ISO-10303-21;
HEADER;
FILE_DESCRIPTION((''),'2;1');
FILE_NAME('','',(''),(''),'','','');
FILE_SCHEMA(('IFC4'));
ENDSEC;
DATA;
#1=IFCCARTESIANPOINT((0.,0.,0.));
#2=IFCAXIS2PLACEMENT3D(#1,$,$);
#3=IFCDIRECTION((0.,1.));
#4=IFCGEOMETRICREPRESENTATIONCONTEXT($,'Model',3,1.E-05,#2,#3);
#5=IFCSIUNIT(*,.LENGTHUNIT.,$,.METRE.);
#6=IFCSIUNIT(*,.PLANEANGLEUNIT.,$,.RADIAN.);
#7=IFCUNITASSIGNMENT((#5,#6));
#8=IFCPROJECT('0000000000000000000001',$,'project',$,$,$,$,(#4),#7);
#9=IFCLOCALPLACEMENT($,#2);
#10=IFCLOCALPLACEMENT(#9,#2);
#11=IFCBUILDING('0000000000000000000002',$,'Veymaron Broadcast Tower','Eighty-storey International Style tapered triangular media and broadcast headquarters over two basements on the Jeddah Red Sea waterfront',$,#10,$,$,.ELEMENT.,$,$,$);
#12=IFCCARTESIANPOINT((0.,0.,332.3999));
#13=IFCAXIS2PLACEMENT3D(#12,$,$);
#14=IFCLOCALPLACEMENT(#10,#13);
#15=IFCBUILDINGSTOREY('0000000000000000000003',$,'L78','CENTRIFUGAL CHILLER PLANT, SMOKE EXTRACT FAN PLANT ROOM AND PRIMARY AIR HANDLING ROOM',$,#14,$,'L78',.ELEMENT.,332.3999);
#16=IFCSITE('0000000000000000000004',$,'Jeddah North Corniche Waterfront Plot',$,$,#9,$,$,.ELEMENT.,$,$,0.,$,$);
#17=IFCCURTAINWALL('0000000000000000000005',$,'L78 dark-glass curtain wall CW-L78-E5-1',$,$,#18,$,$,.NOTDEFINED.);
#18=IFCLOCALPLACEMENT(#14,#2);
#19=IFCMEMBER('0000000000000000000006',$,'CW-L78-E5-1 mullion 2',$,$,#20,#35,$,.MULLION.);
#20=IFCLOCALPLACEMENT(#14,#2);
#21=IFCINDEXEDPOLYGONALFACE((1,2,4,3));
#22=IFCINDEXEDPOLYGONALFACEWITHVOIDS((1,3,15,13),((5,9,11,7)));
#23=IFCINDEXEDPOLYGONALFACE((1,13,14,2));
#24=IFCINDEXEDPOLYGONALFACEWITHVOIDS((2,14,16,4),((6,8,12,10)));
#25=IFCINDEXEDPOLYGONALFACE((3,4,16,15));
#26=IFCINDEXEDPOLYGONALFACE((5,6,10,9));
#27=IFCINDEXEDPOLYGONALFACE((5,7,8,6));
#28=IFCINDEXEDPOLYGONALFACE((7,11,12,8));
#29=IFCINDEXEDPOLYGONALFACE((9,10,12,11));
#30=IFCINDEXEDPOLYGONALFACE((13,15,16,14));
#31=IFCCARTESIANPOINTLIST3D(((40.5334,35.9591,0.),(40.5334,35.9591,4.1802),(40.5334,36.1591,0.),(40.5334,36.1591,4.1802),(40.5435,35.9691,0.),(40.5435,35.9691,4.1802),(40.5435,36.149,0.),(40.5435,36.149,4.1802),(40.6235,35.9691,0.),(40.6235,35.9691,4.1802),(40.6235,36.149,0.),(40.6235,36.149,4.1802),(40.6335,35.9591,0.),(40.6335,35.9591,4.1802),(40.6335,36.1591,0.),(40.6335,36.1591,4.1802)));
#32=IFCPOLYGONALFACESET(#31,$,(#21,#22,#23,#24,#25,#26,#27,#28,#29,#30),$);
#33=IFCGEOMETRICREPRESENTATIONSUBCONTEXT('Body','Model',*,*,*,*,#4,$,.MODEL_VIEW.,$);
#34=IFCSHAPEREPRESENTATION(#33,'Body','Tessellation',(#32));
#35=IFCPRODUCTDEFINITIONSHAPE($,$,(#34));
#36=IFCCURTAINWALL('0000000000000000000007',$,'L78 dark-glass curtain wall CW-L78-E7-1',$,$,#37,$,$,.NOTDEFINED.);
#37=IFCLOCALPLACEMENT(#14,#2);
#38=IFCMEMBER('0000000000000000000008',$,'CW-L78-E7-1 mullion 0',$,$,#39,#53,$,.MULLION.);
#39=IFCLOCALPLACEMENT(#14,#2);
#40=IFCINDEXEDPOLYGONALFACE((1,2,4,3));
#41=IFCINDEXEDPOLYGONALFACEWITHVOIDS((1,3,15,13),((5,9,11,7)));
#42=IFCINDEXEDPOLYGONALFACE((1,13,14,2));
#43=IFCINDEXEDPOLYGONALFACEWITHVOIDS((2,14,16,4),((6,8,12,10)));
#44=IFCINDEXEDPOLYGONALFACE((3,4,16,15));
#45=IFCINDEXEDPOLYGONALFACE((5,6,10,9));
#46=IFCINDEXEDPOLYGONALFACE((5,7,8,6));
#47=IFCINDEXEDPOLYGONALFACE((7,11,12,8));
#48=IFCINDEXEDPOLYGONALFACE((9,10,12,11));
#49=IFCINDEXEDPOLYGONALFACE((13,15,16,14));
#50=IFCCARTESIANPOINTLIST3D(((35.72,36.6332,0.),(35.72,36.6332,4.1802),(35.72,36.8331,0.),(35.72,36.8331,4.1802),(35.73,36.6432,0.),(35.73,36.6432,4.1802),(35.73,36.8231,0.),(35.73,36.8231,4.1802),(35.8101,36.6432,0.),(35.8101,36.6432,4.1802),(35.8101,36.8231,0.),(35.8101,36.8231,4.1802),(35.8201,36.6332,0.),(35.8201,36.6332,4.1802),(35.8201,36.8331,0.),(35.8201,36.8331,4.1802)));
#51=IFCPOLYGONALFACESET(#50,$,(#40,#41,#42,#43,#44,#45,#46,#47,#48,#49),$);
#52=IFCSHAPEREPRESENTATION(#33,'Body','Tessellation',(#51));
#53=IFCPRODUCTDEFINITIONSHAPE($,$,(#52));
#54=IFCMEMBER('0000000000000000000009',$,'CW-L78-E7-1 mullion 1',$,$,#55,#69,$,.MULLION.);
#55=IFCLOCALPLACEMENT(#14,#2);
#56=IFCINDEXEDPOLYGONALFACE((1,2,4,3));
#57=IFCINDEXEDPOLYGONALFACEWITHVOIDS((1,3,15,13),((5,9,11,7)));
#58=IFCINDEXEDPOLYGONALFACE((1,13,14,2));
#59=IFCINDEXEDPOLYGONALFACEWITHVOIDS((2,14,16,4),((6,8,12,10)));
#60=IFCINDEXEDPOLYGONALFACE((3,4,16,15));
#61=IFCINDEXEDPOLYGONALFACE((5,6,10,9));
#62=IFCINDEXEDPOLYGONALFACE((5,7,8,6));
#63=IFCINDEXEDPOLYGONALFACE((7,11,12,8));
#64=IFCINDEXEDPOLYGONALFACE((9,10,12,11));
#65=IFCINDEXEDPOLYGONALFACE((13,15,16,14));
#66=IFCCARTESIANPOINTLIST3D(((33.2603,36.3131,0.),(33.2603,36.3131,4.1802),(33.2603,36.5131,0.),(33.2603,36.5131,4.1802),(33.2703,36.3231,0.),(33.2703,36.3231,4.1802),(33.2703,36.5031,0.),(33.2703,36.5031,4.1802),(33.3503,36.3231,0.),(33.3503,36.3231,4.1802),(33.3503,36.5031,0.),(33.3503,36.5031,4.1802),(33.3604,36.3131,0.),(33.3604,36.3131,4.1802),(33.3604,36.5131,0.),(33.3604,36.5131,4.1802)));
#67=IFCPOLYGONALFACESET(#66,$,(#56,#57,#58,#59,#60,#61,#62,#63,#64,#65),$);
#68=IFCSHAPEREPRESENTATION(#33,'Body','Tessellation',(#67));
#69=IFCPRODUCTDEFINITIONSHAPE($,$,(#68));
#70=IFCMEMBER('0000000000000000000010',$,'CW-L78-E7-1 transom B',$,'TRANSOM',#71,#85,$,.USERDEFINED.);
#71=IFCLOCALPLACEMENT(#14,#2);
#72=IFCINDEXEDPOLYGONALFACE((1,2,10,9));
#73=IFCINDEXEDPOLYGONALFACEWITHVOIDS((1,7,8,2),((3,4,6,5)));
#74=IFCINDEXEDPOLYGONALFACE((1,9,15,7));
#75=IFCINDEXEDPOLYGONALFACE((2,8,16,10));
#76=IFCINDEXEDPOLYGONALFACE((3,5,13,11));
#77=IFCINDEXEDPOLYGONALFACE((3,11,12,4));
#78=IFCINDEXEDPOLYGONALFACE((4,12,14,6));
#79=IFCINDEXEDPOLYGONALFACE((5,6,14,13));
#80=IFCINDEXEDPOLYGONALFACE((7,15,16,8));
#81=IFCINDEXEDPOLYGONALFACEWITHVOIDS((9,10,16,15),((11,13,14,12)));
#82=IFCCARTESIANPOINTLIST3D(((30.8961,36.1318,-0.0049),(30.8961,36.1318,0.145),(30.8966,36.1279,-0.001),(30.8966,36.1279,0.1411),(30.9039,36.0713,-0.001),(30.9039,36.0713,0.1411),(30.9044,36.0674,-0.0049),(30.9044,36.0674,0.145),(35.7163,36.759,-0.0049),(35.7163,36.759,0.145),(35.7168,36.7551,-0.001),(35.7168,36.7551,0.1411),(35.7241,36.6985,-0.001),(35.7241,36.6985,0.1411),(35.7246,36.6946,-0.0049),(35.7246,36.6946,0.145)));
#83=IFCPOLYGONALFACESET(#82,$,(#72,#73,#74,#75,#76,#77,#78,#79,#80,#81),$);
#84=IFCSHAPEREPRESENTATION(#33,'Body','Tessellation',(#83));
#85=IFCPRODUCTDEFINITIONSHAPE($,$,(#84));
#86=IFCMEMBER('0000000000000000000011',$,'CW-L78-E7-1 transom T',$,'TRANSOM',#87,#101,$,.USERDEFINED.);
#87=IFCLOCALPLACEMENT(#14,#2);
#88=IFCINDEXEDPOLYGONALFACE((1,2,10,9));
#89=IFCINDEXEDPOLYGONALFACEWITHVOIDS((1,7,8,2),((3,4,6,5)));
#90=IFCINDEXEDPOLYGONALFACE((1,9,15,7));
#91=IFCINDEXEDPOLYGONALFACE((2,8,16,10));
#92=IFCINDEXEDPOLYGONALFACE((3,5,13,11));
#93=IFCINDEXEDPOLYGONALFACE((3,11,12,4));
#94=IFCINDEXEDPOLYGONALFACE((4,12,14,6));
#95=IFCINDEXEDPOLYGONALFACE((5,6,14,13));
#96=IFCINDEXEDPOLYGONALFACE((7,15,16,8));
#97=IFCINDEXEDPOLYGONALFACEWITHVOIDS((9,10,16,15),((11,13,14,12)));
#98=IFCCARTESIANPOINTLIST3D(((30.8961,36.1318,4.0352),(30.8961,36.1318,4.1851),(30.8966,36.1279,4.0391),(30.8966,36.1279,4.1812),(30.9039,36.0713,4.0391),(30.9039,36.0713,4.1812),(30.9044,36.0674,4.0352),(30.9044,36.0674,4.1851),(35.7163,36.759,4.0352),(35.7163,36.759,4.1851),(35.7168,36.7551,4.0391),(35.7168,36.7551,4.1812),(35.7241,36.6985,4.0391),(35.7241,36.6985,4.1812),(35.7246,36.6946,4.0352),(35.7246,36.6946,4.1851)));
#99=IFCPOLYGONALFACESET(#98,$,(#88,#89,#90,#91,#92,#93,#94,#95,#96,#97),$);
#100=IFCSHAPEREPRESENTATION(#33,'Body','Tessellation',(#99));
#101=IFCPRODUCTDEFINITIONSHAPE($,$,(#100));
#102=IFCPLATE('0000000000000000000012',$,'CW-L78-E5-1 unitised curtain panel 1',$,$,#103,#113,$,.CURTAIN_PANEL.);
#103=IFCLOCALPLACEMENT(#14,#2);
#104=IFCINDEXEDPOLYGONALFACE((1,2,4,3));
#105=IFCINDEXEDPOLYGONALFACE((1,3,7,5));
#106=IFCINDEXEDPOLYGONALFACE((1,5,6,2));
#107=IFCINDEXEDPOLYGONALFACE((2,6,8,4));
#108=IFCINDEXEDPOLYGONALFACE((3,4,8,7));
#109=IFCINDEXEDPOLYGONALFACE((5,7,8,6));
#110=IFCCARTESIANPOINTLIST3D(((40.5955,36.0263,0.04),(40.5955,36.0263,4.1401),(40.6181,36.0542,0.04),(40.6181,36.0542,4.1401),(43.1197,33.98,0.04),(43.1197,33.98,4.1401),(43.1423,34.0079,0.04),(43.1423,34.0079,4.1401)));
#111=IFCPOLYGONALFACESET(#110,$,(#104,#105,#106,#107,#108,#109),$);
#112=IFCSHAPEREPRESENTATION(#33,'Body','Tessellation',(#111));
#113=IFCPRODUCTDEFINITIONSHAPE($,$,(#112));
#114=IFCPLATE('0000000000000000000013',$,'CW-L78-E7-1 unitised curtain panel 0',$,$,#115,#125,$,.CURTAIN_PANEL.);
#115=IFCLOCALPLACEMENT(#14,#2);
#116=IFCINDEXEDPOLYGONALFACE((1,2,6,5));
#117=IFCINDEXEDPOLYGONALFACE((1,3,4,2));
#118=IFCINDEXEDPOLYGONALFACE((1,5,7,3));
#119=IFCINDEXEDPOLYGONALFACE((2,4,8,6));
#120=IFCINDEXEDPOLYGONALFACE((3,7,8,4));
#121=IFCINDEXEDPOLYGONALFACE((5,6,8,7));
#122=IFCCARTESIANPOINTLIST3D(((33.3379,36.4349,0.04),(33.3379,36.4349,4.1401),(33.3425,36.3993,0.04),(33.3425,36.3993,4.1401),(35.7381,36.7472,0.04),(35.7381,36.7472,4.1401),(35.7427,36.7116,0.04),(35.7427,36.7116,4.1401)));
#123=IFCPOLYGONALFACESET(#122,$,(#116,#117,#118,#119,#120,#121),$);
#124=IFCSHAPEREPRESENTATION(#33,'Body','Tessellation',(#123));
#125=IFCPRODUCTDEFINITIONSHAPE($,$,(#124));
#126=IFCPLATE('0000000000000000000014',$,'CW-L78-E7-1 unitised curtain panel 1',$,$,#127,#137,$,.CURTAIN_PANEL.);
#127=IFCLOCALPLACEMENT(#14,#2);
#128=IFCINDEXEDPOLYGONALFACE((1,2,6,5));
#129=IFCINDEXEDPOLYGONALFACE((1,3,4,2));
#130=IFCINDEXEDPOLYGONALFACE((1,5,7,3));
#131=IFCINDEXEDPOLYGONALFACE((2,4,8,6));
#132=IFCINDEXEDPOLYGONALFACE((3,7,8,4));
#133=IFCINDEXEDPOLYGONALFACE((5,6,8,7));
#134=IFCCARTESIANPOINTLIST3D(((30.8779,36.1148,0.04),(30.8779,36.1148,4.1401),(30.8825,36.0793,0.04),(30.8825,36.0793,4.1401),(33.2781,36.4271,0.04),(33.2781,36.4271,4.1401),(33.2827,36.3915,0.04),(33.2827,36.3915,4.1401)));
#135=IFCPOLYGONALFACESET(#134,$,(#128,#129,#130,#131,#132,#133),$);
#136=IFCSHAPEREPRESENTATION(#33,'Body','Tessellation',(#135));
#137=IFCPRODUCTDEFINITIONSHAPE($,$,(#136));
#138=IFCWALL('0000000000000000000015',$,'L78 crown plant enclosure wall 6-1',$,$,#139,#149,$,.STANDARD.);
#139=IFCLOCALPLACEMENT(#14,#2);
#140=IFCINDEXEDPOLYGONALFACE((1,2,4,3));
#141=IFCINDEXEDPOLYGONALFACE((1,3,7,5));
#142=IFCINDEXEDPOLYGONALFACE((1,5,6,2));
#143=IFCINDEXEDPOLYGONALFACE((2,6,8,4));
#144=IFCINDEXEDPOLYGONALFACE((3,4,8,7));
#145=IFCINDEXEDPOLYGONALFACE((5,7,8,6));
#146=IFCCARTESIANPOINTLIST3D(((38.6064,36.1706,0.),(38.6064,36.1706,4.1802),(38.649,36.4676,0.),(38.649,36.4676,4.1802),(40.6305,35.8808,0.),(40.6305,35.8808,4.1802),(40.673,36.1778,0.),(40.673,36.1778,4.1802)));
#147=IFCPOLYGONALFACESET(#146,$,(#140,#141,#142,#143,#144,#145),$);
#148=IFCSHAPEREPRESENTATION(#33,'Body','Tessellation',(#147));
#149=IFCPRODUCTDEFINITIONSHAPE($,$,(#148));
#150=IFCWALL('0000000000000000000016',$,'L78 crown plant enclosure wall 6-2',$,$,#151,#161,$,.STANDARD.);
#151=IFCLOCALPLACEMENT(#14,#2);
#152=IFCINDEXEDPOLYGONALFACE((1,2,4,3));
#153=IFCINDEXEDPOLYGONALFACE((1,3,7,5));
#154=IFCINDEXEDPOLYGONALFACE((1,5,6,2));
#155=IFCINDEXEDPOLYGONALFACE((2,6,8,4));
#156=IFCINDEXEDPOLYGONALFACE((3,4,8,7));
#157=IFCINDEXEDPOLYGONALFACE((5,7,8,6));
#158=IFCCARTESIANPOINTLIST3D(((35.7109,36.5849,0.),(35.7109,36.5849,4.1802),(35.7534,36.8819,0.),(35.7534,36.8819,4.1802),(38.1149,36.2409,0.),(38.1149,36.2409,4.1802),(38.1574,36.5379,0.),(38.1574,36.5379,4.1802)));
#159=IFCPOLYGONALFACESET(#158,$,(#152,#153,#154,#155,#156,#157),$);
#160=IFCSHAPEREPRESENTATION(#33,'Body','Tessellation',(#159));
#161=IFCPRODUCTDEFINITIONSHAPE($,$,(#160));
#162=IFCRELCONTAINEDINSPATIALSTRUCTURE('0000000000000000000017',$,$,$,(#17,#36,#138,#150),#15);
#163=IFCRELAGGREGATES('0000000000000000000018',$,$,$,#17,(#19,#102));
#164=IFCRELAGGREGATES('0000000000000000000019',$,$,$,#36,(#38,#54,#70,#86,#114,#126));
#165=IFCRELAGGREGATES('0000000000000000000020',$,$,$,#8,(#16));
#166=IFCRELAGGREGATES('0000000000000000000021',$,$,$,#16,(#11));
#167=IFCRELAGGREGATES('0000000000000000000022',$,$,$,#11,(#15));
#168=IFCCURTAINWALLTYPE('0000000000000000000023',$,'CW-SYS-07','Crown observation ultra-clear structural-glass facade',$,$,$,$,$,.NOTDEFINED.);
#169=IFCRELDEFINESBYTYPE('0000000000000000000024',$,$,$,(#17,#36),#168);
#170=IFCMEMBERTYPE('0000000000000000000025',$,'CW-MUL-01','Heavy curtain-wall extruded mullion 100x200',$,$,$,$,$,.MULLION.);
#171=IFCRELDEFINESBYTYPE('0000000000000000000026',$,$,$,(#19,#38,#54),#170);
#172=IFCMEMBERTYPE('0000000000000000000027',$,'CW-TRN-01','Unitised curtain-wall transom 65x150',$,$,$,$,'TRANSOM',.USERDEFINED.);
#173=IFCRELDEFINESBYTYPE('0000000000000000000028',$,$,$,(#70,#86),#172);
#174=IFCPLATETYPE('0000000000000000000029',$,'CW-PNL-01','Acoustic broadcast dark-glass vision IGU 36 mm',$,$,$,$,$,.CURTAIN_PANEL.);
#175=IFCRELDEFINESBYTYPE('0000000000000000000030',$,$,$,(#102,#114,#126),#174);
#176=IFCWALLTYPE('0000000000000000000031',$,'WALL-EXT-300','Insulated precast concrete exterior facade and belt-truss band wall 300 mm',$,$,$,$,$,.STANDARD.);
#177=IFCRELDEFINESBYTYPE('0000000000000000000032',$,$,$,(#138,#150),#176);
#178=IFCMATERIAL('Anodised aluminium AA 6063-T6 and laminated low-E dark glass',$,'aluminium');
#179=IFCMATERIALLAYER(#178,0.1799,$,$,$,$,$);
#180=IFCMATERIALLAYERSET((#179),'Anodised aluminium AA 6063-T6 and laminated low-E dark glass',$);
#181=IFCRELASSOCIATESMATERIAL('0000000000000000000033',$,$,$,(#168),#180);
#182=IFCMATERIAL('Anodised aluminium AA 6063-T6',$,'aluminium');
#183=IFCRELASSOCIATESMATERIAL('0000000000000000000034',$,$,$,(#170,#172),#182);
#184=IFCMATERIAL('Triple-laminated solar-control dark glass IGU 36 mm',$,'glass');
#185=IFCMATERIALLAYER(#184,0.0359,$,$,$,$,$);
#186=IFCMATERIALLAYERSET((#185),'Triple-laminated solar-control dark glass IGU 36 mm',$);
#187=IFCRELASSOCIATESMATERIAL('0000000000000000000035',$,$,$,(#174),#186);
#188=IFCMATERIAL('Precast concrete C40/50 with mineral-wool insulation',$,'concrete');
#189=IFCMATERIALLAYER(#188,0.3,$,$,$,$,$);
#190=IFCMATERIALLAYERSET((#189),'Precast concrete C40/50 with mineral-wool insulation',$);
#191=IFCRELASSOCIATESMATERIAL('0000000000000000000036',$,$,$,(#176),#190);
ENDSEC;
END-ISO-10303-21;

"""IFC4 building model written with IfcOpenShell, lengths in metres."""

from ifc_helpers import new_model, si_unit, direction, frame, frame_2d, origin, origin_2d, place, context, subcontext, project, spatial, rectangle, hollow_rectangle, extrude, material, layer, layer_set, material_profile, profile_set, type_object, element, aggregate, save


model = new_model("IFC4")

# Units and contexts
model_context = context("Model", 3, precision=1e-05, world=origin(), true_north=direction((0.0, 1.0)))
body_context = subcontext(model_context, "Body", "Model", "MODEL_VIEW")
ifc_project = project(units=[si_unit("LENGTHUNIT", "METRE"), si_unit("PLANEANGLEUNIT", "RADIAN")], contexts=[model_context])

# Site, building, storey
site_placement = place(None, origin())
site = spatial("IfcSite", under=ifc_project, at=site_placement, Name="Jeddah North Corniche Waterfront Plot", CompositionType="ELEMENT", RefElevation=0.0)
building_placement = place(site_placement, origin())
building = spatial("IfcBuilding", under=site, at=building_placement, Name="Veymaron Broadcast Tower", Description="Eighty-storey International Style tapered triangular media and broadcast headquarters over two basements on the Jeddah Red Sea waterfront", CompositionType="ELEMENT")
storey_placement = place(building_placement, frame((0.0, 0.0, 332.3999)))
storey = spatial("IfcBuildingStorey", under=building, at=storey_placement, Name="L78", Description="CENTRIFUGAL CHILLER PLANT, SMOKE EXTRACT FAN PLANT ROOM AND PRIMARY AIR HANDLING ROOM", LongName="L78", CompositionType="ELEMENT", Elevation=332.3999)

# Curtain wall, member
ifc_material_1 = material(Name="Anodised aluminium AA 6063-T6 and laminated low-E dark glass", Category="aluminium")
ifc_layer_1 = layer(ifc_material_1, 0.1799)
ifc_layer_set_1 = layer_set([ifc_layer_1], Name="Anodised aluminium AA 6063-T6 and laminated low-E dark glass")
curtain_wall_type = type_object("IfcCurtainWallType", Name="CW-SYS-07", Description="Crown observation ultra-clear structural-glass facade", PredefinedType="NOTDEFINED", material=ifc_layer_set_1)
curtain_wall_1_placement = place(storey_placement, origin())
curtain_wall_1 = element("IfcCurtainWall", 1, at=curtain_wall_1_placement, inside=storey, type_object=curtain_wall_type, Name="L78 dark-glass curtain wall CW-L78-E5-1", PredefinedType="NOTDEFINED")
ifc_material_2 = material(Name="Anodised aluminium AA 6063-T6", Category="aluminium")
ifc_material_profile_1 = material_profile(ifc_material_2, hollow_rectangle(XDim=0.1001, YDim=0.2, WallThickness=0.01, at=origin_2d()), Name="RHS200X100X10")
ifc_profile_set_1 = profile_set([ifc_material_profile_1], Name="Anodised aluminium AA 6063-T6")
member_type_1 = type_object("IfcMemberType", Name="CW-MUL-01", Description="Heavy curtain-wall extruded mullion 100x200", PredefinedType="MULLION", material=ifc_profile_set_1)
member_1_placement = place(storey_placement, frame((40.5835, 36.0591, 0.0), z_axis=(0.0, 0.0, 1.0), x_axis=(1.0, 0.0, 0.0)))
member_1 = element("IfcMember", 2, at=member_1_placement, type_object=member_type_1, Name="CW-L78-E5-1 mullion 2", PredefinedType="MULLION", context=body_context, shape_type="SweptSolid", body=[
    extrude(hollow_rectangle(XDim=0.1001, YDim=0.2, WallThickness=0.01, at=origin_2d()), origin(), (0.0, 0.0, 1.0), 4.1802),
])

# Curtain wall, members
curtain_wall_2_placement = place(storey_placement, origin())
curtain_wall_2 = element("IfcCurtainWall", 3, at=curtain_wall_2_placement, inside=storey, type_object=curtain_wall_type, Name="L78 dark-glass curtain wall CW-L78-E7-1", PredefinedType="NOTDEFINED")
member_2_placement = place(storey_placement, frame((35.77, 36.7332, 0.0), z_axis=(0.0, 0.0, 1.0), x_axis=(1.0, 0.0, 0.0)))
member_2 = element("IfcMember", 4, at=member_2_placement, type_object=member_type_1, Name="CW-L78-E7-1 mullion 0", PredefinedType="MULLION", context=body_context, shape_type="SweptSolid", body=[
    extrude(hollow_rectangle(XDim=0.1001, YDim=0.2, WallThickness=0.01, at=origin_2d()), origin(), (0.0, 0.0, 1.0), 4.1802),
])
member_3_placement = place(storey_placement, frame((33.3103, 36.4131, 0.0), z_axis=(0.0, 0.0, 1.0), x_axis=(1.0, 0.0, 0.0)))
member_3 = element("IfcMember", 5, at=member_3_placement, type_object=member_type_1, Name="CW-L78-E7-1 mullion 1", PredefinedType="MULLION", context=body_context, shape_type="SweptSolid", body=[
    extrude(hollow_rectangle(XDim=0.1001, YDim=0.2, WallThickness=0.01, at=origin_2d()), origin(), (0.0, 0.0, 1.0), 4.1802),
])
ifc_material_profile_2 = material_profile(ifc_material_2, hollow_rectangle(XDim=0.0649, YDim=0.1499, WallThickness=0.0039, at=origin_2d()), Name="AL150X65X4")
ifc_profile_set_2 = profile_set([ifc_material_profile_2], Name="Anodised aluminium AA 6063-T6")
member_type_2 = type_object("IfcMemberType", Name="CW-TRN-01", Description="Unitised curtain-wall transom 65x150", ElementType="TRANSOM", PredefinedType="USERDEFINED", material=ifc_profile_set_2)
member_4_placement = place(storey_placement, frame((35.7205, 36.7268, 0.0701), z_axis=(-0.991641, -0.129028, 0.0), x_axis=(0.129028, -0.991641, 0.0)))
member_4 = element("IfcMember", 6, at=member_4_placement, type_object=member_type_2, Name="CW-L78-E7-1 transom B", ObjectType="TRANSOM", PredefinedType="USERDEFINED", context=body_context, shape_type="SweptSolid", body=[
    extrude(hollow_rectangle(XDim=0.0649, YDim=0.1499, WallThickness=0.0039, at=origin_2d()), origin(), (0.0, 0.0, 1.0), 4.8608),
])
member_5_placement = place(storey_placement, frame((35.7205, 36.7268, 4.1101), z_axis=(-0.991641, -0.129028, 0.0), x_axis=(0.129028, -0.991641, 0.0)))
member_5 = element("IfcMember", 7, at=member_5_placement, type_object=member_type_2, Name="CW-L78-E7-1 transom T", ObjectType="TRANSOM", PredefinedType="USERDEFINED", context=body_context, shape_type="SweptSolid", body=[
    extrude(hollow_rectangle(XDim=0.0649, YDim=0.1499, WallThickness=0.0039, at=origin_2d()), origin(), (0.0, 0.0, 1.0), 4.8608),
])

# Plates
ifc_material_3 = material(Name="Triple-laminated solar-control dark glass IGU 36 mm", Category="glass")
ifc_layer_2 = layer(ifc_material_3, 0.0359)
ifc_layer_set_2 = layer_set([ifc_layer_2], Name="Triple-laminated solar-control dark glass IGU 36 mm")
plate_type = type_object("IfcPlateType", Name="CW-PNL-01", Description="Acoustic broadcast dark-glass vision IGU 36 mm", PredefinedType="CURTAIN_PANEL", material=ifc_layer_set_2)
plate_1_placement = place(storey_placement, frame((41.8689, 35.0171, 0.04), z_axis=(0.0, 0.0, 1.0), x_axis=(-0.776816, 0.629727, 0.0)))
plate_1 = element("IfcPlate", 8, at=plate_1_placement, type_object=plate_type, Name="CW-L78-E5-1 unitised curtain panel 1", PredefinedType="CURTAIN_PANEL", context=body_context, shape_type="SweptSolid", body=[
    extrude(rectangle(XDim=3.2495, YDim=0.0359, at=origin_2d()), origin(), (0.0, 0.0, 1.0), 4.1001),
])
aggregate(curtain_wall_1, [member_1, plate_1])
plate_2_placement = place(storey_placement, frame((34.5403, 36.5732, 0.04), z_axis=(0.0, 0.0, 1.0), x_axis=(-0.991644, -0.129003, 0.0)))
plate_2 = element("IfcPlate", 9, at=plate_2_placement, type_object=plate_type, Name="CW-L78-E7-1 unitised curtain panel 0", PredefinedType="CURTAIN_PANEL", context=body_context, shape_type="SweptSolid", body=[
    extrude(rectangle(XDim=2.4204, YDim=0.0359, at=origin_2d()), origin(), (0.0, 0.0, 1.0), 4.1001),
])
plate_3_placement = place(storey_placement, frame((32.0803, 36.2532, 0.04), z_axis=(0.0, 0.0, 1.0), x_axis=(-0.991644, -0.129003, 0.0)))
plate_3 = element("IfcPlate", 10, at=plate_3_placement, type_object=plate_type, Name="CW-L78-E7-1 unitised curtain panel 1", PredefinedType="CURTAIN_PANEL", context=body_context, shape_type="SweptSolid", body=[
    extrude(rectangle(XDim=2.4204, YDim=0.0359, at=origin_2d()), origin(), (0.0, 0.0, 1.0), 4.1001),
])
aggregate(curtain_wall_2, [member_2, member_3, member_4, member_5, plate_2, plate_3])

# Walls
ifc_material_4 = material(Name="Precast concrete C40/50 with mineral-wool insulation", Category="concrete")
ifc_layer_3 = layer(ifc_material_4, 0.3)
ifc_layer_set_3 = layer_set([ifc_layer_3], Name="Precast concrete C40/50 with mineral-wool insulation")
wall_type_1 = type_object("IfcWallType", Name="WALL-EXT-300", Description="Insulated precast concrete exterior facade and belt-truss band wall 300 mm", PredefinedType="STANDARD", material=ifc_layer_set_3)
wall_1_placement = place(storey_placement, frame((40.6519, 36.0293, 0.0), z_axis=(0.0, 0.0, 1.0), x_axis=(-0.989904, 0.141739, 0.0)))
element("IfcWall", 11, at=wall_1_placement, inside=storey, type_object=wall_type_1, Name="L78 crown plant enclosure wall 6-1", PredefinedType="STANDARD", context=body_context, shape_type="SweptSolid", body=[
    extrude(rectangle(XDim=2.0447, YDim=0.3, at=frame_2d((1.0225, 0.0))), origin(), (0.0, 0.0, 1.0), 4.1802),
])
wall_2_placement = place(storey_placement, frame((38.1362, 36.3894, 0.0), z_axis=(0.0, 0.0, 1.0), x_axis=(-0.989917, 0.141647, 0.0)))
element("IfcWall", 12, at=wall_2_placement, inside=storey, type_object=wall_type_1, Name="L78 crown plant enclosure wall 6-2", PredefinedType="STANDARD", context=body_context, shape_type="SweptSolid", body=[
    extrude(rectangle(XDim=2.4285, YDim=0.3, at=frame_2d((1.2144, 0.0))), origin(), (0.0, 0.0, 1.0), 4.1802),
])

save(model, "model.ifc")
